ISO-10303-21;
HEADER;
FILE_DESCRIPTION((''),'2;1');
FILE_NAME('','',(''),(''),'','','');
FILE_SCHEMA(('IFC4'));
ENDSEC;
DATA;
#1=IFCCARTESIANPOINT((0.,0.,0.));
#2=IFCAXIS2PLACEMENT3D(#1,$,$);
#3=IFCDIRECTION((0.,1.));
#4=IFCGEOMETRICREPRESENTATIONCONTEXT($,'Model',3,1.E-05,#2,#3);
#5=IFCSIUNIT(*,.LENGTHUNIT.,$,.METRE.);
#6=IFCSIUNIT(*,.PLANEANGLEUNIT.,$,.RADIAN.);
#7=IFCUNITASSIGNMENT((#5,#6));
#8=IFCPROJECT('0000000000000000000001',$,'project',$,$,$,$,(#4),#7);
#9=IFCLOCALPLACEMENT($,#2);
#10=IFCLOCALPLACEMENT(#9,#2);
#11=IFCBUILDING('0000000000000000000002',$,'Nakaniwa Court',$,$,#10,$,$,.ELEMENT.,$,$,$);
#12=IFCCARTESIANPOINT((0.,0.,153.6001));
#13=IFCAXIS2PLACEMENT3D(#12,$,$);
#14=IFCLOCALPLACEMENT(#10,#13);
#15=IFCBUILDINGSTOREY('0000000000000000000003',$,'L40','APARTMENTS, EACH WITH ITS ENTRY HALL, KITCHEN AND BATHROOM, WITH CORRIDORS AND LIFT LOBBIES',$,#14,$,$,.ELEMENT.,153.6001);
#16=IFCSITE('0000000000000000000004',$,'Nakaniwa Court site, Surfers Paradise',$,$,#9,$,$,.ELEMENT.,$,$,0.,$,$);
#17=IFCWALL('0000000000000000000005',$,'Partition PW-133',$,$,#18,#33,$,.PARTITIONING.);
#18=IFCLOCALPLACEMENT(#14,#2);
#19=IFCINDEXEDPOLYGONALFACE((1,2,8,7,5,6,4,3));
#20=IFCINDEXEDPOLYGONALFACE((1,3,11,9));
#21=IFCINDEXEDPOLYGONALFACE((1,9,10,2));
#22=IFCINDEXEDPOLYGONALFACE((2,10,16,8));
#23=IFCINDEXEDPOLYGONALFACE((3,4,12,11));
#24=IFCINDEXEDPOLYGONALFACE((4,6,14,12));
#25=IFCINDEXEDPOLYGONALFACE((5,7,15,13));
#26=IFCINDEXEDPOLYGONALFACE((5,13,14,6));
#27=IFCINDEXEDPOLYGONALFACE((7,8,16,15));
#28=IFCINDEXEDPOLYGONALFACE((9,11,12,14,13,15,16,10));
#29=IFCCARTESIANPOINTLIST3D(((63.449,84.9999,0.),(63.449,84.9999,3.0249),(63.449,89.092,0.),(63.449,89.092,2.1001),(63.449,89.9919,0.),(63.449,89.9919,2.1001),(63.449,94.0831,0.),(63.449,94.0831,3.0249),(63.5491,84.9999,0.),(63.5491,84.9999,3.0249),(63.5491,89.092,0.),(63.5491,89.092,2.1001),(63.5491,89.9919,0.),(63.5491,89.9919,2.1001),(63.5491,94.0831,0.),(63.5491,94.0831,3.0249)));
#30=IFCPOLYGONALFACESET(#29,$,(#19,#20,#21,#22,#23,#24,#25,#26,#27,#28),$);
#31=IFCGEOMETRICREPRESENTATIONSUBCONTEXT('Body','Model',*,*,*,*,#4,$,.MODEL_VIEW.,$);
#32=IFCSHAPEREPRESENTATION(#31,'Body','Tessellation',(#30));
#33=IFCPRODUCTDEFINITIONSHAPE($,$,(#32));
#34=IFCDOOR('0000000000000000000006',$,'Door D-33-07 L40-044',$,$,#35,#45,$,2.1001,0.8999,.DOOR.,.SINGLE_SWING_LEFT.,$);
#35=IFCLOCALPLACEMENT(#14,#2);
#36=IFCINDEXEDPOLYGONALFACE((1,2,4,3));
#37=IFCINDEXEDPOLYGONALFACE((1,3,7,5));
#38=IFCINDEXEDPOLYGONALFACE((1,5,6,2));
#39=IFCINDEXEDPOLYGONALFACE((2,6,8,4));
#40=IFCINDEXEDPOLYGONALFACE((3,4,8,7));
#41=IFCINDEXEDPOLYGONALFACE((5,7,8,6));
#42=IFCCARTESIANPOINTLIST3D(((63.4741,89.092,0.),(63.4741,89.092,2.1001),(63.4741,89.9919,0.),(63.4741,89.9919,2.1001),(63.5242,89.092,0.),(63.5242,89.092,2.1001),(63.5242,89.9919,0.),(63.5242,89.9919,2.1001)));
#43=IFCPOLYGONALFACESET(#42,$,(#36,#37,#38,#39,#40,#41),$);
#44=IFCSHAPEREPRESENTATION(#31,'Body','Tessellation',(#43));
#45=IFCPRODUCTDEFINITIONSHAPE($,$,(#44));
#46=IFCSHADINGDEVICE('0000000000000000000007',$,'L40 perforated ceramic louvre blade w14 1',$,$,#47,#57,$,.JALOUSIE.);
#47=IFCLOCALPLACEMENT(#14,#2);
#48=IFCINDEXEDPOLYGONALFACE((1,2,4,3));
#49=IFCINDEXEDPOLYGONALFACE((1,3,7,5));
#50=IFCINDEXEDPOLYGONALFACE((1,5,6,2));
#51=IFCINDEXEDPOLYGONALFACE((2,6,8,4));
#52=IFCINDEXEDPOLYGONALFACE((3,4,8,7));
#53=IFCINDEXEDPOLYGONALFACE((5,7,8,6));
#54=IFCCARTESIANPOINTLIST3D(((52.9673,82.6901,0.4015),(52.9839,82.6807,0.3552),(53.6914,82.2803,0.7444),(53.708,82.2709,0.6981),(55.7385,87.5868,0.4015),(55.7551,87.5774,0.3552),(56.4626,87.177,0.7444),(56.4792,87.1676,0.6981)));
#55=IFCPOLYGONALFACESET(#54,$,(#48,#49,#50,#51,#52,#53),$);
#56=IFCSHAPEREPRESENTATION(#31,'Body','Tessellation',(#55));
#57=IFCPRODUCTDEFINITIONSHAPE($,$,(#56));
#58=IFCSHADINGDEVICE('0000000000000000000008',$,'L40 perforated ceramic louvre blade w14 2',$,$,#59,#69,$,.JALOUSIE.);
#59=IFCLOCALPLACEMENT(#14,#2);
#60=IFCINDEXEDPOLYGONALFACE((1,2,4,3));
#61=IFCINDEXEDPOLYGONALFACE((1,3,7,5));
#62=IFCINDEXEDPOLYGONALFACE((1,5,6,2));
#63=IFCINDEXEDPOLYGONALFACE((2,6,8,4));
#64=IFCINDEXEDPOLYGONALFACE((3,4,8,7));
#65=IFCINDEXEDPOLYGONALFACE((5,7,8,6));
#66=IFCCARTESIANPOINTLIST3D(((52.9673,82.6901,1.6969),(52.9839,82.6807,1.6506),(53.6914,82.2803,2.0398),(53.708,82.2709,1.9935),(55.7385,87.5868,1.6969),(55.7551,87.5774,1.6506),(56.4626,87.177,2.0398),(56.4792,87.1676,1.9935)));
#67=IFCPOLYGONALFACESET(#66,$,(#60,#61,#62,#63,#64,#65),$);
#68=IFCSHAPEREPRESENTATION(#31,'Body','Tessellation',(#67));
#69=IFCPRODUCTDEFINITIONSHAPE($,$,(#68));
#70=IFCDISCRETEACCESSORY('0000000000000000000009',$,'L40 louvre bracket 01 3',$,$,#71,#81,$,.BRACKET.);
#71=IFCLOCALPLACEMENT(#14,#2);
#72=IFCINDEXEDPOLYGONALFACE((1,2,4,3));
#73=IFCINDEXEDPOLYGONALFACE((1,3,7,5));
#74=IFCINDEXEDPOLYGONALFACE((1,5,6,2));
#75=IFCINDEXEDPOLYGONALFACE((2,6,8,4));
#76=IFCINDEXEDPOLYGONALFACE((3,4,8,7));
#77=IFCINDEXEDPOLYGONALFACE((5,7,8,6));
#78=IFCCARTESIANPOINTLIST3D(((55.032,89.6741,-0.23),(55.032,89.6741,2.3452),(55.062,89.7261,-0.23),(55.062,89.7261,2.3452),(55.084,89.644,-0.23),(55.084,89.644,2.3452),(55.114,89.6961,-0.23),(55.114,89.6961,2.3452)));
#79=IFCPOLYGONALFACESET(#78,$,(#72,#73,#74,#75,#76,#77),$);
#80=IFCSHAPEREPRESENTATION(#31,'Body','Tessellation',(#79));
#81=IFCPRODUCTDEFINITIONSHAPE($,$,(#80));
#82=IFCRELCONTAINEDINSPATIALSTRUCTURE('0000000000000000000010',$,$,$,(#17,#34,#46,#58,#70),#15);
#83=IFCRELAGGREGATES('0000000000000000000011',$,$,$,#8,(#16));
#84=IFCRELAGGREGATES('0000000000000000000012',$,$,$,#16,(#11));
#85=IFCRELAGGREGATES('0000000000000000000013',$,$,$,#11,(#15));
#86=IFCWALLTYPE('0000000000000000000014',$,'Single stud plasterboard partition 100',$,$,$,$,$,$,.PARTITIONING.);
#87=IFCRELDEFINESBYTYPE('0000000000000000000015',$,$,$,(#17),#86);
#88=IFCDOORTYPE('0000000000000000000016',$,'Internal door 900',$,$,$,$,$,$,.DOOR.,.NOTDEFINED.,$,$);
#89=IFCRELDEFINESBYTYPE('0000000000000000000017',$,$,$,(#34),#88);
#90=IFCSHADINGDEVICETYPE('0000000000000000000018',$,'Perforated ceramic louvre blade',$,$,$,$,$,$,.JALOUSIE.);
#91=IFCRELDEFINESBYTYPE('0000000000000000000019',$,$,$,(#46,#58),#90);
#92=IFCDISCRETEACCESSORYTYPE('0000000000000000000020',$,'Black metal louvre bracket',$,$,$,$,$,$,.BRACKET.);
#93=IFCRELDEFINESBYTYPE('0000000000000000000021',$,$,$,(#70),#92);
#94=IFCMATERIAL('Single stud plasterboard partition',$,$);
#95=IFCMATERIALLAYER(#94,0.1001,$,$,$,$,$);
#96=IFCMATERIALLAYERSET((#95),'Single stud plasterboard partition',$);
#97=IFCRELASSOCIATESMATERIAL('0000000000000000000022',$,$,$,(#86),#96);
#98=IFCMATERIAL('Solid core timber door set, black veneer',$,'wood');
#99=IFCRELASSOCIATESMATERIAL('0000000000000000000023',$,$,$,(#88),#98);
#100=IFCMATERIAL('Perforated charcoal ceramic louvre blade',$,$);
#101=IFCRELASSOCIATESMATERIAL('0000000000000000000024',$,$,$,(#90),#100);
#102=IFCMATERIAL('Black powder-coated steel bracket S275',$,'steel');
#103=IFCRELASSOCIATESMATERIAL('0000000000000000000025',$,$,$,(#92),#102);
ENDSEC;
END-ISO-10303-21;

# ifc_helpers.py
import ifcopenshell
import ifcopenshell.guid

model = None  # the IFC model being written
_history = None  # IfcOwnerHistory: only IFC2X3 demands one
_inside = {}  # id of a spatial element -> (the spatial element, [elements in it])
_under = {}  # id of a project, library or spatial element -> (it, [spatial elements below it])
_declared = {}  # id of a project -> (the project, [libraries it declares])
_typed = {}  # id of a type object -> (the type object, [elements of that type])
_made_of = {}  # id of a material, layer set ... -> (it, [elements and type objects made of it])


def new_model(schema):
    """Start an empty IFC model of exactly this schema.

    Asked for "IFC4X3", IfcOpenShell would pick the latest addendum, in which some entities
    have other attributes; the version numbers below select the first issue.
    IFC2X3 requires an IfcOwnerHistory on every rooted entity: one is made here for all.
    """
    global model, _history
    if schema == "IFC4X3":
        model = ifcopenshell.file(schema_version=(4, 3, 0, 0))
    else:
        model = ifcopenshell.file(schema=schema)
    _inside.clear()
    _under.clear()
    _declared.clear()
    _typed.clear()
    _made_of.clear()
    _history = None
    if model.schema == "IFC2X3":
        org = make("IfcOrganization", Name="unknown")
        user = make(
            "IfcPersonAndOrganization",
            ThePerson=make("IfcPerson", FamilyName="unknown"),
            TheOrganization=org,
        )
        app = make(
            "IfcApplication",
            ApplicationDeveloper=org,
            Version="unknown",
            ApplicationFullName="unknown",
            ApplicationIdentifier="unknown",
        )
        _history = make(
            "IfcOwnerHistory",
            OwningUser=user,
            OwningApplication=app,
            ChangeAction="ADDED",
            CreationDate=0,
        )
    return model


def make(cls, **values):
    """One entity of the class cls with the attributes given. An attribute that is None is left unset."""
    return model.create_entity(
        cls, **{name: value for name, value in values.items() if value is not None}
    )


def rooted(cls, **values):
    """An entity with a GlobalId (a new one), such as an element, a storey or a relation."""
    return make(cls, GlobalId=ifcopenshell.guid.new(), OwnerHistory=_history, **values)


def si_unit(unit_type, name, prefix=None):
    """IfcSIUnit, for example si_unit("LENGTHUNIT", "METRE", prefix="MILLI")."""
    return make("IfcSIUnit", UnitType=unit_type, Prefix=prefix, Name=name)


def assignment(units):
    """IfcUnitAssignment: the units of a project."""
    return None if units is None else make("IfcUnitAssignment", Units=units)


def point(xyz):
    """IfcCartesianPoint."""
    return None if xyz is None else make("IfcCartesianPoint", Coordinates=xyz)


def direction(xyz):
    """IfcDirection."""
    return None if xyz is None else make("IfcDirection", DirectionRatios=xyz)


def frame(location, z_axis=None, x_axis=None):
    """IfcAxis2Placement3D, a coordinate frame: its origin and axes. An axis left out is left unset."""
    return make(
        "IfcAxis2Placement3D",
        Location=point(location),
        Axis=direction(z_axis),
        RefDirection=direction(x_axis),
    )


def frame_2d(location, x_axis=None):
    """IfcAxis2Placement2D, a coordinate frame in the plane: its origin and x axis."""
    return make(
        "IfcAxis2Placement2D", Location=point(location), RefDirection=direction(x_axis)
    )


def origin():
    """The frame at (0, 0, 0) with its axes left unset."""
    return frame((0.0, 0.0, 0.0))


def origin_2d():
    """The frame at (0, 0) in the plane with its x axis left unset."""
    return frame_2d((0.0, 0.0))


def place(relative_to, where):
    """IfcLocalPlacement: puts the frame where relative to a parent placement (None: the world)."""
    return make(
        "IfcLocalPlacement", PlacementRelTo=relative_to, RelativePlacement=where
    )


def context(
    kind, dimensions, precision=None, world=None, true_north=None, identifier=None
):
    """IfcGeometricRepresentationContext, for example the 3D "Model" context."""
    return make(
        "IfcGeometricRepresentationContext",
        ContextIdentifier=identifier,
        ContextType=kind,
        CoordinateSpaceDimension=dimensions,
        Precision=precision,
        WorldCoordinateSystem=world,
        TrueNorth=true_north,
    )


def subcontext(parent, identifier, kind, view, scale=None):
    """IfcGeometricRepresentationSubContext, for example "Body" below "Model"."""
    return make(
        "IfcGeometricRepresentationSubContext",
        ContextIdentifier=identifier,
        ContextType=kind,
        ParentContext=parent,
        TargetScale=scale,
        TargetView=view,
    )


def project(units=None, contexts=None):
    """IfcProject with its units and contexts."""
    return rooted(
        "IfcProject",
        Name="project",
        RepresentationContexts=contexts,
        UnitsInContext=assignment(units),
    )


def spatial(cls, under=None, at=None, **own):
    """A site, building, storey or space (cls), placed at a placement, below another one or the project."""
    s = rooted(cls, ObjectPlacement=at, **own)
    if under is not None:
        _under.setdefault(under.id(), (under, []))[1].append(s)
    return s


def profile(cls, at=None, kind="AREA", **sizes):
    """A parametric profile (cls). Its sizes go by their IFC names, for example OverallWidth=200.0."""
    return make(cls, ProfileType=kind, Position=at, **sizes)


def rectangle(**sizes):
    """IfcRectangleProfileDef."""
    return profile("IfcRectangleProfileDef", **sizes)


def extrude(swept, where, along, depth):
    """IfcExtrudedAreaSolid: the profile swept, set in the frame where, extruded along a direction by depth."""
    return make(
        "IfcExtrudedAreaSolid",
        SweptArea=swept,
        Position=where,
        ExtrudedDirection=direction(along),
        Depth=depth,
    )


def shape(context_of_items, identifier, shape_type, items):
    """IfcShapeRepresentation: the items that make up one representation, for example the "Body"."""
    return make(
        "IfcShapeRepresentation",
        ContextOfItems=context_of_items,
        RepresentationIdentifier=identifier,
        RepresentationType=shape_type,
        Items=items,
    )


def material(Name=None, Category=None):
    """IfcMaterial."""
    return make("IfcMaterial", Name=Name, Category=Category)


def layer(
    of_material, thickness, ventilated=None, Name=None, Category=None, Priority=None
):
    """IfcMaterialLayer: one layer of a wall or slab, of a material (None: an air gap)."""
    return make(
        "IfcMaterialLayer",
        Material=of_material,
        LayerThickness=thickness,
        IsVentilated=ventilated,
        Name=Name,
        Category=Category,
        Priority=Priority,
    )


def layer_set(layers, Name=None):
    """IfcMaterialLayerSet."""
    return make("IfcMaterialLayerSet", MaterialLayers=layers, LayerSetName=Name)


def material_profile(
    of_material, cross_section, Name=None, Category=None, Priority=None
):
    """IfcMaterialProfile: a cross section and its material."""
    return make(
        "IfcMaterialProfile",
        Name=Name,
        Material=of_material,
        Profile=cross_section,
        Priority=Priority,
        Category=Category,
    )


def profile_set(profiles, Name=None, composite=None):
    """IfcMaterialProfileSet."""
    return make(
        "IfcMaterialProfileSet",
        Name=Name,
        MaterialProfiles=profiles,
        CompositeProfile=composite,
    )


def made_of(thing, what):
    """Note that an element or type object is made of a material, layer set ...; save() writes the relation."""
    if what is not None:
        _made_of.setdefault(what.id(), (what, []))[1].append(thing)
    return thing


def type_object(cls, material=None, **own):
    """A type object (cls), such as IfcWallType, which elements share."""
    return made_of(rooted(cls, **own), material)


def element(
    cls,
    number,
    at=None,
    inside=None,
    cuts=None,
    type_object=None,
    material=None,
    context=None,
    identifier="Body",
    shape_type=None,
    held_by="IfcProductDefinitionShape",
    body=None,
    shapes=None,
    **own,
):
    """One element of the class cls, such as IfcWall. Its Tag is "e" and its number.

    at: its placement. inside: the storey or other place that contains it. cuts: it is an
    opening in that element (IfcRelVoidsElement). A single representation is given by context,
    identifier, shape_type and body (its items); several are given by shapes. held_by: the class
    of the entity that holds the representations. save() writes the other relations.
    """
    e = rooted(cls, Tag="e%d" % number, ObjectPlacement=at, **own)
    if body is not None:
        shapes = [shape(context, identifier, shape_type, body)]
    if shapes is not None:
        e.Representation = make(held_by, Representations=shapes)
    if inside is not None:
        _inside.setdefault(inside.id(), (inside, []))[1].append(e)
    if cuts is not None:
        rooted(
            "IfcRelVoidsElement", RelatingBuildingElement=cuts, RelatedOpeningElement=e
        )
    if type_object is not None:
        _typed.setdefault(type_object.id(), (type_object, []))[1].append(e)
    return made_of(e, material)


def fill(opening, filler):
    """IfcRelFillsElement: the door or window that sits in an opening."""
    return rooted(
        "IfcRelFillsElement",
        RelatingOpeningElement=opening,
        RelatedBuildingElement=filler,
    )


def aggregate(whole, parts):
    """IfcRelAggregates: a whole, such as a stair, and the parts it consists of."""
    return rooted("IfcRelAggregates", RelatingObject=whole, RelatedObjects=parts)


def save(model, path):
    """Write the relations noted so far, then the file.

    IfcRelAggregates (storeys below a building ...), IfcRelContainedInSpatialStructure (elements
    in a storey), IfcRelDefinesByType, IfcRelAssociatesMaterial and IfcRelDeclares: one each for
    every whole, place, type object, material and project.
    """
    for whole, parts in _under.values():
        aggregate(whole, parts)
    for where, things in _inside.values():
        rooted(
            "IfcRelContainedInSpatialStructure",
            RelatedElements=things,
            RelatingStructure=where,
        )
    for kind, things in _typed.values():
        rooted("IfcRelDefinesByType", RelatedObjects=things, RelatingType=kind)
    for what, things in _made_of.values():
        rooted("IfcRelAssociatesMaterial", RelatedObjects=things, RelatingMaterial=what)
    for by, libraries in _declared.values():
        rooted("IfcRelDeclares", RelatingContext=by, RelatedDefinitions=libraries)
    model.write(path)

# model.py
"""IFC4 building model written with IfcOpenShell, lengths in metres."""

from ifc_helpers import new_model, si_unit, direction, frame, frame_2d, origin, origin_2d, place, context, subcontext, project, spatial, rectangle, extrude, material, layer, layer_set, material_profile, profile_set, type_object, element, fill, save


model = new_model("IFC4")

# Units and contexts
model_context = context("Model", 3, precision=1e-05, world=origin(), true_north=direction((0.0, 1.0)))
body_context = subcontext(model_context, "Body", "Model", "MODEL_VIEW")
ifc_project = project(units=[si_unit("LENGTHUNIT", "METRE"), si_unit("PLANEANGLEUNIT", "RADIAN")], contexts=[model_context])

# Site, building, storey
site_placement = place(None, origin())
site = spatial("IfcSite", under=ifc_project, at=site_placement, Name="Nakaniwa Court site, Surfers Paradise", CompositionType="ELEMENT", RefElevation=0.0)
building_placement = place(site_placement, origin())
building = spatial("IfcBuilding", under=site, at=building_placement, Name="Nakaniwa Court", CompositionType="ELEMENT")
storey_placement = place(building_placement, frame((0.0, 0.0, 153.6001)))
storey = spatial("IfcBuildingStorey", under=building, at=storey_placement, Name="L40", Description="APARTMENTS, EACH WITH ITS ENTRY HALL, KITCHEN AND BATHROOM, WITH CORRIDORS AND LIFT LOBBIES", CompositionType="ELEMENT", Elevation=153.6001)

# Shared definitions
ifc_material_1 = material(Name="Solid core timber door set, black veneer", Category="wood")

# Shared definitions
ifc_material_2 = material(Name="Single stud plasterboard partition")
ifc_layer_1 = layer(ifc_material_2, 0.1001)
ifc_layer_set_1 = layer_set([ifc_layer_1], Name="Single stud plasterboard partition")
wall_type_1 = type_object("IfcWallType", Name="Single stud plasterboard partition 100", PredefinedType="PARTITIONING", material=ifc_layer_set_1)
door_type_1 = type_object("IfcDoorType", Name="Internal door 900", OperationType="NOTDEFINED", PredefinedType="DOOR", material=ifc_material_1)

# Wall, opening, door
wall_1_placement = place(storey_placement, frame((63.499, 85.0, 0.0), z_axis=(0.0, 0.0, 1.0), x_axis=(0.0, 1.0, 0.0)))
wall_1 = element("IfcWall", 1, at=wall_1_placement, inside=storey, type_object=wall_type_1, Name="Partition PW-133", PredefinedType="PARTITIONING", context=body_context, shape_type="SweptSolid", body=[
    extrude(rectangle(XDim=9.0833, YDim=0.1001, at=frame_2d((4.5415, 0.0))), origin(), (0.0, 0.0, 1.0), 3.0249),
])
opening_1_placement = place(wall_1_placement, frame((4.092, 0.0, 0.0)))
opening_1 = element("IfcOpeningElement", 2, at=opening_1_placement, cuts=wall_1, PredefinedType="OPENING", context=body_context, shape_type="SweptSolid", body=[
    extrude(rectangle(XDim=0.8999, YDim=2.1001, at=frame_2d((0.45, 1.05))), frame((0.0, 0.0601, 0.0), z_axis=(0.0, -1.0, 0.0), x_axis=(1.0, 0.0, 0.0)), (0.0, 0.0, 1.0), 0.1201),
])
door_1_placement = place(opening_1_placement, origin())
door_1 = element("IfcDoor", 3, at=door_1_placement, inside=storey, type_object=door_type_1, Name="Door D-33-07 L40-044", OperationType="SINGLE_SWING_LEFT", OverallHeight=2.1001, OverallWidth=0.8999, PredefinedType="DOOR", context=body_context, shape_type="SweptSolid", body=[
    extrude(rectangle(XDim=0.8999, YDim=2.1001, at=frame_2d((0.45, 1.05))), frame((0.0, 0.0249, 0.0), z_axis=(0.0, -1.0, 0.0), x_axis=(1.0, 0.0, 0.0)), (0.0, 0.0, 1.0), 0.05),
])
fill(opening_1, door_1)

# Shading devices
ifc_material_3 = material(Name="Perforated charcoal ceramic louvre blade")
ifc_material_profile_1 = material_profile(ifc_material_3, rectangle(XDim=0.8999, YDim=0.05, at=origin_2d()), Name="Perforated ceramic louvre blade")
ifc_profile_set_1 = profile_set([ifc_material_profile_1], Name="Perforated charcoal ceramic louvre blade")
shading_device_type = type_object("IfcShadingDeviceType", Name="Perforated ceramic louvre blade", PredefinedType="JALOUSIE", material=ifc_profile_set_1)
for number, where, z_axis, x_axis, name in (
    (4, (56.1089, 87.3772, 0.5498), (-0.492532, -0.870294, 0.0), (0.804627, -0.455368, 0.38107), "L40 perforated ceramic louvre blade w14 1"),
    (5, (56.1089, 87.3772, 1.8452), (-0.492532, -0.870294, 0.0), (0.804627, -0.455368, 0.38107), "L40 perforated ceramic louvre blade w14 2"),
):
    element("IfcShadingDevice", number, at=place(storey_placement, frame(where, z_axis=z_axis, x_axis=x_axis)), inside=storey, type_object=shading_device_type, Name=name, PredefinedType="JALOUSIE", context=body_context, shape_type="SweptSolid", body=[
        extrude(rectangle(XDim=0.8999, YDim=0.05, at=origin_2d()), origin(), (0.0, 0.0, 1.0), 5.6265),
    ])

# Discrete accessory
ifc_material_4 = material(Name="Black powder-coated steel bracket S275", Category="steel")
discrete_accessory_type = type_object("IfcDiscreteAccessoryType", Name="Black metal louvre bracket", PredefinedType="BRACKET", material=ifc_material_4)
discrete_accessory_placement = place(storey_placement, frame((55.073, 89.6851, -0.23), z_axis=(0.0, 0.0, 1.0), x_axis=(-0.499976, -0.866039, 0.0)))
element("IfcDiscreteAccessory", 6, at=discrete_accessory_placement, inside=storey, type_object=discrete_accessory_type, Name="L40 louvre bracket 01 3", PredefinedType="BRACKET", context=body_context, shape_type="SweptSolid", body=[
    extrude(rectangle(XDim=0.0601, YDim=0.0601, at=origin_2d()), origin(), (0.0, 0.0, 1.0), 2.5752),
])

save(model, "model.ifc")
